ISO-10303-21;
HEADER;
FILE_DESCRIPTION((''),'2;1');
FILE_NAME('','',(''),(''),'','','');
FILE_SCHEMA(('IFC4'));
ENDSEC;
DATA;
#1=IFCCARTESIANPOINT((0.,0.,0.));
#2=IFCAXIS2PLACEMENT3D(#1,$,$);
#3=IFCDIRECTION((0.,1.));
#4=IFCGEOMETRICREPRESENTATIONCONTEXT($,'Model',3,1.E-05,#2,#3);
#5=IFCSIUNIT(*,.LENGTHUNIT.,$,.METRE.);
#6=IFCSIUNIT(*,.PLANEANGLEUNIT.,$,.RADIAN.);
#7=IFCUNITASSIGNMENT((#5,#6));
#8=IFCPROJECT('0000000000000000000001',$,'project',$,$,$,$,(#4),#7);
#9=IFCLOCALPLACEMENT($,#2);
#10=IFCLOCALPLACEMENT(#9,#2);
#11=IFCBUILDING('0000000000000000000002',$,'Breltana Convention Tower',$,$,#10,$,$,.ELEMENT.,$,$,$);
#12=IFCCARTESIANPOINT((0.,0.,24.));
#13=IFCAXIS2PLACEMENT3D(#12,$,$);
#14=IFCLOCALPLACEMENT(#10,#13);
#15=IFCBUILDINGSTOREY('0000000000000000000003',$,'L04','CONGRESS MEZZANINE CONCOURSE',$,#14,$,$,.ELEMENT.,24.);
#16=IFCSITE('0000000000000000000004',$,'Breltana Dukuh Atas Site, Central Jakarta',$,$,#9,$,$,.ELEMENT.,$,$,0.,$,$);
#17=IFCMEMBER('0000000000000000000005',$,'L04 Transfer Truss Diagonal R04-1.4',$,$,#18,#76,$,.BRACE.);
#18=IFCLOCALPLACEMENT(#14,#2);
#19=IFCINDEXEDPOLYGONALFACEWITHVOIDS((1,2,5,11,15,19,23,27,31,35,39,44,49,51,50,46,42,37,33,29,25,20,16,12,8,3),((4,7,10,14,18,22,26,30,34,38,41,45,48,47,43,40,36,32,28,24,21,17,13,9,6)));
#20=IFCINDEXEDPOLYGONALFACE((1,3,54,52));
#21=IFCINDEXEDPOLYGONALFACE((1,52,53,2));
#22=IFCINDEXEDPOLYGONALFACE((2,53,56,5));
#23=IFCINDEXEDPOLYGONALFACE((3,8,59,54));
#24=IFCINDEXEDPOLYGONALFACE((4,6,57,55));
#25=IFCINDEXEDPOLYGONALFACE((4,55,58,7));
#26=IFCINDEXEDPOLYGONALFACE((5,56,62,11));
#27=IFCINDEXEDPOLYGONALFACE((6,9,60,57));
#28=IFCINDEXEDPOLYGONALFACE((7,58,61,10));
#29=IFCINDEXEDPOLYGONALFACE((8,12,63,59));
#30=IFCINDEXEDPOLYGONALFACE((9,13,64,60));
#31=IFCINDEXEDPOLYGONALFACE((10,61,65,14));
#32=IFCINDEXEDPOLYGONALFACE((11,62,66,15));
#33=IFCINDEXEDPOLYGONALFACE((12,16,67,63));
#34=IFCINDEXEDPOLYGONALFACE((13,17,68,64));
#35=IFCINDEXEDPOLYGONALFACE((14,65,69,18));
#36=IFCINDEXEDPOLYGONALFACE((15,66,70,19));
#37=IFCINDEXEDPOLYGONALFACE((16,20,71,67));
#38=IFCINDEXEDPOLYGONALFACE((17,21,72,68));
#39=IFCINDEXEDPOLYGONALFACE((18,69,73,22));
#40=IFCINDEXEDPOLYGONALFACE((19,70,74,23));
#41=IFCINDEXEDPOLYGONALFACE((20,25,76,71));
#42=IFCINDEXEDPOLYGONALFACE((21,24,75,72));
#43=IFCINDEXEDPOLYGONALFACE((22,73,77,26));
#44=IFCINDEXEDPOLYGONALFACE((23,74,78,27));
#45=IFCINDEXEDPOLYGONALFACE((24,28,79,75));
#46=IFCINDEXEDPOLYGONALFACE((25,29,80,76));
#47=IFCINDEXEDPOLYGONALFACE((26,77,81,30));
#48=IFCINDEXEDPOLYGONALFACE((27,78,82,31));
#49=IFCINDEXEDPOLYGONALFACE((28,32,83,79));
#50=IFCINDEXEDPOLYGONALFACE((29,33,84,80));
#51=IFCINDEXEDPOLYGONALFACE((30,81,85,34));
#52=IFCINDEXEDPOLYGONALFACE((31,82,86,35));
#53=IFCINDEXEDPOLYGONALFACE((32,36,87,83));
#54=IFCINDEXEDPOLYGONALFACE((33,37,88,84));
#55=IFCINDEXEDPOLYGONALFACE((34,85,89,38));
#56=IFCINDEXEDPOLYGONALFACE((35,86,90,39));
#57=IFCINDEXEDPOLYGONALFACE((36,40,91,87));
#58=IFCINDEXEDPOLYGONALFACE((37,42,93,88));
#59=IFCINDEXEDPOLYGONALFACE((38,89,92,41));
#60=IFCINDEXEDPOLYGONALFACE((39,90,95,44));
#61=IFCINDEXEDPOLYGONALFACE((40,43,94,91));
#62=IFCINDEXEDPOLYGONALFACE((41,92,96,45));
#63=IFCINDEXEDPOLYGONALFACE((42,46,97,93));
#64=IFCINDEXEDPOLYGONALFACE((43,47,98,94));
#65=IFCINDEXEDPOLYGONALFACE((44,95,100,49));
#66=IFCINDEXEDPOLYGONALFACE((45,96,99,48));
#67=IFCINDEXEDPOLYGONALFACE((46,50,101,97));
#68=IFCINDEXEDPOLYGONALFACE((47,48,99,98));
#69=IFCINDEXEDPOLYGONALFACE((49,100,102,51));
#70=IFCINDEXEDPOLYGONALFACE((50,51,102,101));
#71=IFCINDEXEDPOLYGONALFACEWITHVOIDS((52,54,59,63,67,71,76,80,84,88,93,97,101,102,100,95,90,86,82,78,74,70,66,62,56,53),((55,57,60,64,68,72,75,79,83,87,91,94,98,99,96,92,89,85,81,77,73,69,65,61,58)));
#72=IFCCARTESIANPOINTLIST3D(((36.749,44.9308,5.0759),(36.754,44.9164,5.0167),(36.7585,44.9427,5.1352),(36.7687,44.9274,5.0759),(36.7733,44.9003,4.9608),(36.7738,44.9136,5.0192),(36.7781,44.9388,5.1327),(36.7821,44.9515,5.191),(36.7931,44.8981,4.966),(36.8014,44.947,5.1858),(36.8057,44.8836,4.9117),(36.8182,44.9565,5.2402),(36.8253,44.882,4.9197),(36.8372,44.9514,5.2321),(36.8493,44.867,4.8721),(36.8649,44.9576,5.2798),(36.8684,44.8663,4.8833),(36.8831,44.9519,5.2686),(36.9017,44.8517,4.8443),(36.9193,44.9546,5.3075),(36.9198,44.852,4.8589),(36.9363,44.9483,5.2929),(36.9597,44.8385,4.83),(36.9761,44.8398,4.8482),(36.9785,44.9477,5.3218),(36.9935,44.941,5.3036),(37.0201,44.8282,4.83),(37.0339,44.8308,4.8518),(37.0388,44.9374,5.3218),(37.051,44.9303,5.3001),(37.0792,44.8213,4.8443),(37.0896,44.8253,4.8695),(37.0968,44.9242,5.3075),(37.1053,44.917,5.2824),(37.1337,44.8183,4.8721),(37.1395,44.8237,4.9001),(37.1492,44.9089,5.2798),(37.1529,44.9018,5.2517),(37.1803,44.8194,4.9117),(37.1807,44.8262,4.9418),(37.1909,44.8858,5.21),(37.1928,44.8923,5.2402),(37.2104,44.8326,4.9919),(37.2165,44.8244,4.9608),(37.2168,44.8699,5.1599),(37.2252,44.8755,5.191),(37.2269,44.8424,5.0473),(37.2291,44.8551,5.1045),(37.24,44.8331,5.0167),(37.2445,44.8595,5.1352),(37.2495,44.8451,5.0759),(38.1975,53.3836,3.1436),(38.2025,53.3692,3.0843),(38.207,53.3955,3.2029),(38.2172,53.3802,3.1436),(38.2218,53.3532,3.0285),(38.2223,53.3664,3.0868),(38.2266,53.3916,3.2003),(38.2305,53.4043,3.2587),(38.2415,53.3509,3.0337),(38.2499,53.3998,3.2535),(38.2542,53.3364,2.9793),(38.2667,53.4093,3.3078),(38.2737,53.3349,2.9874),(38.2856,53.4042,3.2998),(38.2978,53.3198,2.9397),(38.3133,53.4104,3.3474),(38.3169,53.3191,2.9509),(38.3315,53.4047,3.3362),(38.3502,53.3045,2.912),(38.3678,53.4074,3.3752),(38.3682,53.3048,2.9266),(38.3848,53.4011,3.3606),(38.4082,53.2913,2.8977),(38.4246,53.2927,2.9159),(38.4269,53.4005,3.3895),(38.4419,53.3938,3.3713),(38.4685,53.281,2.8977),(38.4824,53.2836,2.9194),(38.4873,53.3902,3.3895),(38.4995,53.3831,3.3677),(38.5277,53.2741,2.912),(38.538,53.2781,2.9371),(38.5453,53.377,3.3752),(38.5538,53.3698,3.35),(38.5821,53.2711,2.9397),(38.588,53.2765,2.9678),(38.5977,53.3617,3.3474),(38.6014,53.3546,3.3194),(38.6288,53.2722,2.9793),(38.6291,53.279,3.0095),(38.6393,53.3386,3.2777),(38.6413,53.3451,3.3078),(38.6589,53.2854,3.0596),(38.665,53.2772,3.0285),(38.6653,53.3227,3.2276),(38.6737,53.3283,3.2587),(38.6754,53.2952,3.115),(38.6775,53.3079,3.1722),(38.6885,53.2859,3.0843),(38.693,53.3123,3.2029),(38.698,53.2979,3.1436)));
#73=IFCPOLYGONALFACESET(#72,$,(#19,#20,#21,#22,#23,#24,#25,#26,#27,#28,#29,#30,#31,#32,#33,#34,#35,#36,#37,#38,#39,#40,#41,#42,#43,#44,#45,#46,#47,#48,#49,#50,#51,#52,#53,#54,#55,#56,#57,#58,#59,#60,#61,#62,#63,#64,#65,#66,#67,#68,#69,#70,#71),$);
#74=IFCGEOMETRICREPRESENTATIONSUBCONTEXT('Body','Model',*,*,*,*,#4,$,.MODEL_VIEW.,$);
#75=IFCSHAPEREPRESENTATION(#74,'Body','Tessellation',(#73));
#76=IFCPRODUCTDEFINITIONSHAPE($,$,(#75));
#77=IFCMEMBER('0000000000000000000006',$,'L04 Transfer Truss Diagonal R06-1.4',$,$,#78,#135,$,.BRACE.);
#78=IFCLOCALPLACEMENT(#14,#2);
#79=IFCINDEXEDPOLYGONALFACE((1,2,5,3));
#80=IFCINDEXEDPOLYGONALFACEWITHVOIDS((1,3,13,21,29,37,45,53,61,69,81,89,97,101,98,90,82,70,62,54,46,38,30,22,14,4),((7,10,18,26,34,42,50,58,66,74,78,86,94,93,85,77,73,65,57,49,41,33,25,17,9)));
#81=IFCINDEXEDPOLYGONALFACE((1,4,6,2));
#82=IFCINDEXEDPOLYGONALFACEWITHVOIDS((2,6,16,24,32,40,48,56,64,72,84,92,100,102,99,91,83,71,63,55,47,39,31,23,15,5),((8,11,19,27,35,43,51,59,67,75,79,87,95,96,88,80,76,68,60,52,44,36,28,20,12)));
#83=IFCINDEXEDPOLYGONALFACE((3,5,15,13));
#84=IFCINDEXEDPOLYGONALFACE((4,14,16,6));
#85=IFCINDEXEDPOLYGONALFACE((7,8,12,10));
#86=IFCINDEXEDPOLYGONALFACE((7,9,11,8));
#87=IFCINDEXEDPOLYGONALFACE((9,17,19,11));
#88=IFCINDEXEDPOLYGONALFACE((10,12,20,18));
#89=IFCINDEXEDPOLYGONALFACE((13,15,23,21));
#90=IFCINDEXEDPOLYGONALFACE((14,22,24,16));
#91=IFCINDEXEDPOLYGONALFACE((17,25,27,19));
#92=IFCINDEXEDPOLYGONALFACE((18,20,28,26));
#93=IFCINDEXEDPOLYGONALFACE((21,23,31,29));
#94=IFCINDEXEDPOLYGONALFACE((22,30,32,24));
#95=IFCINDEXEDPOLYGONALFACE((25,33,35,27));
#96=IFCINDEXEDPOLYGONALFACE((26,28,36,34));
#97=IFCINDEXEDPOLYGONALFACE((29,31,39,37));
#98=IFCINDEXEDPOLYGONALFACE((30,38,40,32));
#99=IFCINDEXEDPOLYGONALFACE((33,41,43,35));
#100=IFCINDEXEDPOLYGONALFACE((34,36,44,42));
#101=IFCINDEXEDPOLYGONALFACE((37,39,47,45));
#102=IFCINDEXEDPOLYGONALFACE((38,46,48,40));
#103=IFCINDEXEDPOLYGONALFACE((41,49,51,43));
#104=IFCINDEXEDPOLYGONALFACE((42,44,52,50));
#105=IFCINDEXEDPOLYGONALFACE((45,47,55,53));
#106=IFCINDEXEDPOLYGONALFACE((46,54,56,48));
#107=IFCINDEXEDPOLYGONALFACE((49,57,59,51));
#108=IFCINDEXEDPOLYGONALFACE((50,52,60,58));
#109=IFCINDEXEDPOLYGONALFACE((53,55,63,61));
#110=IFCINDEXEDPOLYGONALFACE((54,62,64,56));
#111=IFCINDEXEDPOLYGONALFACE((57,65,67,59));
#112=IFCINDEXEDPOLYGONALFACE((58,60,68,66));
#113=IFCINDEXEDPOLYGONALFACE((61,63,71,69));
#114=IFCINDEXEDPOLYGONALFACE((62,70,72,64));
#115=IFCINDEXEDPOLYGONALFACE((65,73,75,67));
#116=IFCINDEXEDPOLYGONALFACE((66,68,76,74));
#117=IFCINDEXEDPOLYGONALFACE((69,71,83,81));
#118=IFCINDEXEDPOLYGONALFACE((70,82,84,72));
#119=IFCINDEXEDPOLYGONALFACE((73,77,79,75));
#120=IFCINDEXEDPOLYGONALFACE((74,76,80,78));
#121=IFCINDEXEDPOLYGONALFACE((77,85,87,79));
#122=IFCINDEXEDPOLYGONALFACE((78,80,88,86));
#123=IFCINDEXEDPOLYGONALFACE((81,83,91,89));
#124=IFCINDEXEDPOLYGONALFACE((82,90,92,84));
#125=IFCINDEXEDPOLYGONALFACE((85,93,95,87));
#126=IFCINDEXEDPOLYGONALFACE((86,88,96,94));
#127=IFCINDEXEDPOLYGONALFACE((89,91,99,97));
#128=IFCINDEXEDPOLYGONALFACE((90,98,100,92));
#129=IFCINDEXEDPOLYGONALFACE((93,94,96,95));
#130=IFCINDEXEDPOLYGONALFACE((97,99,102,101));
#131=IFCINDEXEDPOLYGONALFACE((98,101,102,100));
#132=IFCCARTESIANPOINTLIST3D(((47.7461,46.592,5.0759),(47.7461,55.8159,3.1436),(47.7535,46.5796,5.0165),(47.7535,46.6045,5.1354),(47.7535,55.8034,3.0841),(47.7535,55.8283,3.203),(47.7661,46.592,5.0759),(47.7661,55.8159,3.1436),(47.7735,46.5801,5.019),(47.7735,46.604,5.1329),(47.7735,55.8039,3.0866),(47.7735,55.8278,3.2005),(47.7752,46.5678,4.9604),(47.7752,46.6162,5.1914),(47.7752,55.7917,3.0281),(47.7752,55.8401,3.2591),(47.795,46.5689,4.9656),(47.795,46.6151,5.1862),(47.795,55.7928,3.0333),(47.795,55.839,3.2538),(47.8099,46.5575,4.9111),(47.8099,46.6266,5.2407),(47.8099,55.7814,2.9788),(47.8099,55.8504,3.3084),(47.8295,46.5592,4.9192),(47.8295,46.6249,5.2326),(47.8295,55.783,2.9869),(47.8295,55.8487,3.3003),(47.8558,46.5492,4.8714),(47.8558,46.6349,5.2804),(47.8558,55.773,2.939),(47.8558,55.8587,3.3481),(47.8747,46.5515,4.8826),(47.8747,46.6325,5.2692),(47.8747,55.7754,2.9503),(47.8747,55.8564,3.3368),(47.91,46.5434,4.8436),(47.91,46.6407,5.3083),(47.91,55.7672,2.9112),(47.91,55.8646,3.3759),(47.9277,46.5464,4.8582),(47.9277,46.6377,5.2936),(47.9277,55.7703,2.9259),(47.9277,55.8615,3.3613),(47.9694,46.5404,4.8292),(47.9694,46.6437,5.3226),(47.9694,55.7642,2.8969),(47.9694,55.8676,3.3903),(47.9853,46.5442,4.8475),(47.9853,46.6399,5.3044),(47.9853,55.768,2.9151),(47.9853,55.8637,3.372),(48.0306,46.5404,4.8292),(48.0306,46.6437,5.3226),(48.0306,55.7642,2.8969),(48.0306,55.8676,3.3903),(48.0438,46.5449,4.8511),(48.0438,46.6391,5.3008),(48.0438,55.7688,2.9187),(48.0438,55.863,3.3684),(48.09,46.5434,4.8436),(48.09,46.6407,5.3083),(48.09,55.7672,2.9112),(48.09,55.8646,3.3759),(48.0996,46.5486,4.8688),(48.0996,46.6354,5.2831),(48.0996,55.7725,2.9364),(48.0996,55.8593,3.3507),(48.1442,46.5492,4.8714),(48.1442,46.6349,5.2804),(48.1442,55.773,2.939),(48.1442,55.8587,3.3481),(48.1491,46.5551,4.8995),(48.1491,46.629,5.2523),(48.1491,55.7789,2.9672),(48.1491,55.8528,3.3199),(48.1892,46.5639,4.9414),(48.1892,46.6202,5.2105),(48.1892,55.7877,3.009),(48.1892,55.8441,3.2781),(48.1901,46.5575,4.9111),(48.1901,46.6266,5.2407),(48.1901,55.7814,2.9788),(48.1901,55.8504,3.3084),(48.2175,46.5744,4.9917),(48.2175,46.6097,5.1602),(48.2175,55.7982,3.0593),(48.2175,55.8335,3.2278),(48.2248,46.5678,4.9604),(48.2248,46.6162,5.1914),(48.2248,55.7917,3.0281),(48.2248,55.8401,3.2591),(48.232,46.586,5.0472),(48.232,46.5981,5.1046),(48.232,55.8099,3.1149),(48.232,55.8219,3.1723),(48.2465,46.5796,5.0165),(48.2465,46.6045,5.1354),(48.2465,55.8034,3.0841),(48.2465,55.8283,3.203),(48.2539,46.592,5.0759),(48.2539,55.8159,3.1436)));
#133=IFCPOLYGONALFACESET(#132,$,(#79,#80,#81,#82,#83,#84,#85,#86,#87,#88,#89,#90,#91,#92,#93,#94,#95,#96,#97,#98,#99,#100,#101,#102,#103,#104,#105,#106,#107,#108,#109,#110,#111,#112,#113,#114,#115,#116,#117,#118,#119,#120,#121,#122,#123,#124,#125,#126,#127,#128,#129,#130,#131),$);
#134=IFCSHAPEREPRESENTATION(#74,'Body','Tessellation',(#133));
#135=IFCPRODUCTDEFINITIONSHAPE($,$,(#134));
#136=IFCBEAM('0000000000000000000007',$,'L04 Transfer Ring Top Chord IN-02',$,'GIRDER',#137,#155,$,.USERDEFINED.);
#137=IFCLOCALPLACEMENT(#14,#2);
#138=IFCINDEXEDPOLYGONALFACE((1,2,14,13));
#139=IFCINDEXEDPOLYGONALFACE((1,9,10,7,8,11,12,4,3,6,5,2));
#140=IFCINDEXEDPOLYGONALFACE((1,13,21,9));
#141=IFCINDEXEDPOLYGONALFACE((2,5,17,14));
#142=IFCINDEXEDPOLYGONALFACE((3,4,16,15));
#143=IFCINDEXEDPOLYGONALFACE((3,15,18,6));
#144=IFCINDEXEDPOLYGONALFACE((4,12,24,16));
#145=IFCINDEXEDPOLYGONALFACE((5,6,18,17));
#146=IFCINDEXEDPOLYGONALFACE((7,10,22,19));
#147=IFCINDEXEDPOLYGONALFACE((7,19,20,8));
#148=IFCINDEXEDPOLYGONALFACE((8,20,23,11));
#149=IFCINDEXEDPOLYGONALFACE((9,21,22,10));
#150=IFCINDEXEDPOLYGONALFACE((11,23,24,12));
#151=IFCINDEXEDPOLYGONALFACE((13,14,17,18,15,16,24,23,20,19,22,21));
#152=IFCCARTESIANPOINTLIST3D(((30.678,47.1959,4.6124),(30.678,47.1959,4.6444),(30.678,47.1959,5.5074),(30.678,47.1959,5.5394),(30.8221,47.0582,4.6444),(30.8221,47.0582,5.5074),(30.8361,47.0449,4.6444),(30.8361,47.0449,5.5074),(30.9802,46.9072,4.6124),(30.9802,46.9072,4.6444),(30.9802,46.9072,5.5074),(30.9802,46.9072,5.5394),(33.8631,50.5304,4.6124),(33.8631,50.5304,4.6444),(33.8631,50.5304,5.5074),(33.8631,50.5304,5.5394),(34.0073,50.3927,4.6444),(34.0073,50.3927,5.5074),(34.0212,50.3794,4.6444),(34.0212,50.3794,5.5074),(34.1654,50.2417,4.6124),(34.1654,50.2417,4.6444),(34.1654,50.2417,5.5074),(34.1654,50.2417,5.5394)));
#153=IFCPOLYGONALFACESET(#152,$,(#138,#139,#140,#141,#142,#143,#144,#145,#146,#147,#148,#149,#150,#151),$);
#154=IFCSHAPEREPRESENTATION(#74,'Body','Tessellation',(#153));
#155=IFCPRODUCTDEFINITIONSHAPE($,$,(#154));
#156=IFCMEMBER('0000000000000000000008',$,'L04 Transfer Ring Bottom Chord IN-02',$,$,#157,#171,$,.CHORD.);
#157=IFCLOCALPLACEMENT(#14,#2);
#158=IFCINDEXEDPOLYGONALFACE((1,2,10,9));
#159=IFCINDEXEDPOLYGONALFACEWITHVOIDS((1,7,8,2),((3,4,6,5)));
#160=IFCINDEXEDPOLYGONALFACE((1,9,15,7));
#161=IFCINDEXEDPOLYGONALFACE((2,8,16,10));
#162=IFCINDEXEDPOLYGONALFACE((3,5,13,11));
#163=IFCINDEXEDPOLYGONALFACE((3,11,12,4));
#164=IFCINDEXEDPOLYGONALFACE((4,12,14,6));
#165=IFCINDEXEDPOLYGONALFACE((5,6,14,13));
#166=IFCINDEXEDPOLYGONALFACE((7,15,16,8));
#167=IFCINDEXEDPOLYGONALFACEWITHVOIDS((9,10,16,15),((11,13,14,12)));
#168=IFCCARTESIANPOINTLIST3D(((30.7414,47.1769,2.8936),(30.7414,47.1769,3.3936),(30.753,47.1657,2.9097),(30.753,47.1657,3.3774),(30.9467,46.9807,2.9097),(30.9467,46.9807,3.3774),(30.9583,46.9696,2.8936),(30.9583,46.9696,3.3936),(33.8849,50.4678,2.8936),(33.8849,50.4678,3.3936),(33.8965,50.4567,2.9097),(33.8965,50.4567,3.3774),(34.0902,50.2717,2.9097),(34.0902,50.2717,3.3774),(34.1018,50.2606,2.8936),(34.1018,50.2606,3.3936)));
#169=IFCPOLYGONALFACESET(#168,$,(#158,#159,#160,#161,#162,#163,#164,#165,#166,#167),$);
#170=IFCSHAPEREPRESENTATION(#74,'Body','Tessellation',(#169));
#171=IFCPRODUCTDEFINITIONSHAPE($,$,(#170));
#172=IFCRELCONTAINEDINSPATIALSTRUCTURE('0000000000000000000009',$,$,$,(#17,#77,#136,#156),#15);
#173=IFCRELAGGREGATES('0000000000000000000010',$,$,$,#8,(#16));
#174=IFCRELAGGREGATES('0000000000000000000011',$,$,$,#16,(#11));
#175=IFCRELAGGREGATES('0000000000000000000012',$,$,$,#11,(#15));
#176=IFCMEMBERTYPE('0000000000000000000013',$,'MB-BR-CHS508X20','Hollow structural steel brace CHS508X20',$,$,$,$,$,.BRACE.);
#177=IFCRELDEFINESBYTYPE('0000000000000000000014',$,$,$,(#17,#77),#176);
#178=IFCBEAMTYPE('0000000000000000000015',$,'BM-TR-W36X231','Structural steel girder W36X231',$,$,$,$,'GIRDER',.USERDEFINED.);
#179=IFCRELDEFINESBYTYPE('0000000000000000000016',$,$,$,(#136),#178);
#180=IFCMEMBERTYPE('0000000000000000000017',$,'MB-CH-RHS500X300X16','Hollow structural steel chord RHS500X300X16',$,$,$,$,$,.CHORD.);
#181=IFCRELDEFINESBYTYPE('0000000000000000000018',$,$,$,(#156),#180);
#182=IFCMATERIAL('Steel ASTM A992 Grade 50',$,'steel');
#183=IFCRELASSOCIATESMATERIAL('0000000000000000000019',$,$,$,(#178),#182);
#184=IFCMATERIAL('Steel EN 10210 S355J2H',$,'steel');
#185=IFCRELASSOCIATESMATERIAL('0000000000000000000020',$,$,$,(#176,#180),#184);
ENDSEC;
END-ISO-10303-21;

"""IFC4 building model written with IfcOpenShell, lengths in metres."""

from ifc_helpers import new_model, si_unit, direction, frame, origin, origin_2d, place, context, subcontext, project, spatial, hollow_rectangle, hollow_circle, i_section, extrude, source, transform, mapped, material, material_profile, profile_set, type_object, element, save


model = new_model("IFC4")

# Units and contexts
model_context = context("Model", 3, precision=1e-05, world=origin(), true_north=direction((0.0, 1.0)))
body_context = subcontext(model_context, "Body", "Model", "MODEL_VIEW")
ifc_project = project(units=[si_unit("LENGTHUNIT", "METRE"), si_unit("PLANEANGLEUNIT", "RADIAN")], contexts=[model_context])

# Site, building, storey
site_placement = place(None, origin())
site = spatial("IfcSite", under=ifc_project, at=site_placement, Name="Breltana Dukuh Atas Site, Central Jakarta", CompositionType="ELEMENT", RefElevation=0.0)
building_placement = place(site_placement, origin())
building = spatial("IfcBuilding", under=site, at=building_placement, Name="Breltana Convention Tower", CompositionType="ELEMENT")
storey_placement = place(building_placement, frame((0.0, 0.0, 24.0)))
storey = spatial("IfcBuildingStorey", under=building, at=storey_placement, Name="L04", Description="CONGRESS MEZZANINE CONCOURSE", CompositionType="ELEMENT", Elevation=24.0)

# Shared definitions
ifc_material_1 = material(Name="Steel ASTM A992 Grade 50", Category="steel")

# Shared definitions
ifc_material_profile_1 = material_profile(ifc_material_1, i_section(OverallWidth=0.418, OverallDepth=0.927, WebThickness=0.0193, FlangeThickness=0.032, at=origin_2d()), Name="W36X231")
ifc_profile_set_1 = profile_set([ifc_material_profile_1], Name="Steel ASTM A992 Grade 50")
beam_type_1 = type_object("IfcBeamType", Name="BM-TR-W36X231", Description="Structural steel girder W36X231", ElementType="GIRDER", PredefinedType="USERDEFINED", material=ifc_profile_set_1)

# Shared definitions
ifc_material_2 = material(Name="Steel EN 10210 S355J2H", Category="steel")
ifc_material_profile_2 = material_profile(ifc_material_2, hollow_circle(Radius=0.2539, WallThickness=0.02, at=origin_2d()), Name="CHS508X20")
ifc_profile_set_2 = profile_set([ifc_material_profile_2], Name="Steel EN 10210 S355J2H")
member_type_1 = type_object("IfcMemberType", Name="MB-BR-CHS508X20", Description="Hollow structural steel brace CHS508X20", PredefinedType="BRACE", material=ifc_profile_set_2)

# Members
shared_shape_1 = source(origin(), body_context, "Body", "SweptSolid", [
    extrude(hollow_circle(Radius=0.2539, WallThickness=0.02, at=origin_2d()), origin(), (0.0, 0.0, 1.0), 8.791),
])
member_1_placement = place(storey_placement, frame((36.9993, 44.8879, 5.0759), z_axis=(0.164767, 0.961528, -0.21981), x_axis=(-0.985633, 0.168898, 0.0)))
element("IfcMember", 1, at=member_1_placement, inside=storey, type_object=member_type_1, Name="L04 Transfer Truss Diagonal R04-1.4", PredefinedType="BRACE", context=body_context, shape_type="MappedRepresentation", body=[
    mapped(shared_shape_1, transform((0.0, 0.0, 0.0), scale=1.0)),
])
shared_shape_2 = source(origin(), body_context, "Body", "SweptSolid", [
    extrude(hollow_circle(Radius=0.2539, WallThickness=0.02, at=origin_2d()), origin(), (0.0, 0.0, 1.0), 9.4241),
])
member_2_placement = place(storey_placement, frame((48.0, 46.592, 5.0759), z_axis=(0.0, 0.978752, -0.205046), x_axis=(-1.0, 0.0, 0.0)))
element("IfcMember", 2, at=member_2_placement, inside=storey, type_object=member_type_1, Name="L04 Transfer Truss Diagonal R06-1.4", PredefinedType="BRACE", context=body_context, shape_type="MappedRepresentation", body=[
    mapped(shared_shape_2, transform((0.0, 0.0, 0.0), scale=1.0)),
])

# Beam
shared_shape_3 = source(origin(), body_context, "Body", "SweptSolid", [
    extrude(i_section(OverallWidth=0.418, OverallDepth=0.927, WebThickness=0.0193, FlangeThickness=0.032, at=origin_2d()), origin(), (0.0, 0.0, 1.0), 4.6113),
])
beam_1_placement = place(storey_placement, frame((30.8291, 47.0515, 5.0759), z_axis=(0.69072, 0.723122, 0.0), x_axis=(-0.723122, 0.69072, 0.0)))
element("IfcBeam", 3, at=beam_1_placement, inside=storey, type_object=beam_type_1, Name="L04 Transfer Ring Top Chord IN-02", ObjectType="GIRDER", PredefinedType="USERDEFINED", context=body_context, shape_type="MappedRepresentation", body=[
    mapped(shared_shape_3, transform((0.0, 0.0, 0.0), scale=1.0)),
])

# Member
ifc_material_profile_3 = material_profile(ifc_material_2, hollow_rectangle(XDim=0.3, YDim=0.5, WallThickness=0.0161, at=origin_2d()), Name="RHS500X300X16")
ifc_profile_set_3 = profile_set([ifc_material_profile_3], Name="Steel EN 10210 S355J2H")
member_type_2 = type_object("IfcMemberType", Name="MB-CH-RHS500X300X16", Description="Hollow structural steel chord RHS500X300X16", PredefinedType="CHORD", material=ifc_profile_set_3)
shared_shape_4 = source(origin(), body_context, "Body", "SweptSolid", [
    extrude(hollow_rectangle(XDim=0.3, YDim=0.5, WallThickness=0.0161, at=origin_2d()), origin(), (0.0, 0.0, 1.0), 4.551),
])
member_3_placement = place(storey_placement, frame((30.8499, 47.0732, 3.1436), z_axis=(0.690721, 0.723122, 0.0), x_axis=(-0.723122, 0.690721, 0.0)))
element("IfcMember", 4, at=member_3_placement, inside=storey, type_object=member_type_2, Name="L04 Transfer Ring Bottom Chord IN-02", PredefinedType="CHORD", context=body_context, shape_type="MappedRepresentation", body=[
    mapped(shared_shape_4, transform((0.0, 0.0, 0.0), scale=1.0)),
])

save(model, "model.ifc")
